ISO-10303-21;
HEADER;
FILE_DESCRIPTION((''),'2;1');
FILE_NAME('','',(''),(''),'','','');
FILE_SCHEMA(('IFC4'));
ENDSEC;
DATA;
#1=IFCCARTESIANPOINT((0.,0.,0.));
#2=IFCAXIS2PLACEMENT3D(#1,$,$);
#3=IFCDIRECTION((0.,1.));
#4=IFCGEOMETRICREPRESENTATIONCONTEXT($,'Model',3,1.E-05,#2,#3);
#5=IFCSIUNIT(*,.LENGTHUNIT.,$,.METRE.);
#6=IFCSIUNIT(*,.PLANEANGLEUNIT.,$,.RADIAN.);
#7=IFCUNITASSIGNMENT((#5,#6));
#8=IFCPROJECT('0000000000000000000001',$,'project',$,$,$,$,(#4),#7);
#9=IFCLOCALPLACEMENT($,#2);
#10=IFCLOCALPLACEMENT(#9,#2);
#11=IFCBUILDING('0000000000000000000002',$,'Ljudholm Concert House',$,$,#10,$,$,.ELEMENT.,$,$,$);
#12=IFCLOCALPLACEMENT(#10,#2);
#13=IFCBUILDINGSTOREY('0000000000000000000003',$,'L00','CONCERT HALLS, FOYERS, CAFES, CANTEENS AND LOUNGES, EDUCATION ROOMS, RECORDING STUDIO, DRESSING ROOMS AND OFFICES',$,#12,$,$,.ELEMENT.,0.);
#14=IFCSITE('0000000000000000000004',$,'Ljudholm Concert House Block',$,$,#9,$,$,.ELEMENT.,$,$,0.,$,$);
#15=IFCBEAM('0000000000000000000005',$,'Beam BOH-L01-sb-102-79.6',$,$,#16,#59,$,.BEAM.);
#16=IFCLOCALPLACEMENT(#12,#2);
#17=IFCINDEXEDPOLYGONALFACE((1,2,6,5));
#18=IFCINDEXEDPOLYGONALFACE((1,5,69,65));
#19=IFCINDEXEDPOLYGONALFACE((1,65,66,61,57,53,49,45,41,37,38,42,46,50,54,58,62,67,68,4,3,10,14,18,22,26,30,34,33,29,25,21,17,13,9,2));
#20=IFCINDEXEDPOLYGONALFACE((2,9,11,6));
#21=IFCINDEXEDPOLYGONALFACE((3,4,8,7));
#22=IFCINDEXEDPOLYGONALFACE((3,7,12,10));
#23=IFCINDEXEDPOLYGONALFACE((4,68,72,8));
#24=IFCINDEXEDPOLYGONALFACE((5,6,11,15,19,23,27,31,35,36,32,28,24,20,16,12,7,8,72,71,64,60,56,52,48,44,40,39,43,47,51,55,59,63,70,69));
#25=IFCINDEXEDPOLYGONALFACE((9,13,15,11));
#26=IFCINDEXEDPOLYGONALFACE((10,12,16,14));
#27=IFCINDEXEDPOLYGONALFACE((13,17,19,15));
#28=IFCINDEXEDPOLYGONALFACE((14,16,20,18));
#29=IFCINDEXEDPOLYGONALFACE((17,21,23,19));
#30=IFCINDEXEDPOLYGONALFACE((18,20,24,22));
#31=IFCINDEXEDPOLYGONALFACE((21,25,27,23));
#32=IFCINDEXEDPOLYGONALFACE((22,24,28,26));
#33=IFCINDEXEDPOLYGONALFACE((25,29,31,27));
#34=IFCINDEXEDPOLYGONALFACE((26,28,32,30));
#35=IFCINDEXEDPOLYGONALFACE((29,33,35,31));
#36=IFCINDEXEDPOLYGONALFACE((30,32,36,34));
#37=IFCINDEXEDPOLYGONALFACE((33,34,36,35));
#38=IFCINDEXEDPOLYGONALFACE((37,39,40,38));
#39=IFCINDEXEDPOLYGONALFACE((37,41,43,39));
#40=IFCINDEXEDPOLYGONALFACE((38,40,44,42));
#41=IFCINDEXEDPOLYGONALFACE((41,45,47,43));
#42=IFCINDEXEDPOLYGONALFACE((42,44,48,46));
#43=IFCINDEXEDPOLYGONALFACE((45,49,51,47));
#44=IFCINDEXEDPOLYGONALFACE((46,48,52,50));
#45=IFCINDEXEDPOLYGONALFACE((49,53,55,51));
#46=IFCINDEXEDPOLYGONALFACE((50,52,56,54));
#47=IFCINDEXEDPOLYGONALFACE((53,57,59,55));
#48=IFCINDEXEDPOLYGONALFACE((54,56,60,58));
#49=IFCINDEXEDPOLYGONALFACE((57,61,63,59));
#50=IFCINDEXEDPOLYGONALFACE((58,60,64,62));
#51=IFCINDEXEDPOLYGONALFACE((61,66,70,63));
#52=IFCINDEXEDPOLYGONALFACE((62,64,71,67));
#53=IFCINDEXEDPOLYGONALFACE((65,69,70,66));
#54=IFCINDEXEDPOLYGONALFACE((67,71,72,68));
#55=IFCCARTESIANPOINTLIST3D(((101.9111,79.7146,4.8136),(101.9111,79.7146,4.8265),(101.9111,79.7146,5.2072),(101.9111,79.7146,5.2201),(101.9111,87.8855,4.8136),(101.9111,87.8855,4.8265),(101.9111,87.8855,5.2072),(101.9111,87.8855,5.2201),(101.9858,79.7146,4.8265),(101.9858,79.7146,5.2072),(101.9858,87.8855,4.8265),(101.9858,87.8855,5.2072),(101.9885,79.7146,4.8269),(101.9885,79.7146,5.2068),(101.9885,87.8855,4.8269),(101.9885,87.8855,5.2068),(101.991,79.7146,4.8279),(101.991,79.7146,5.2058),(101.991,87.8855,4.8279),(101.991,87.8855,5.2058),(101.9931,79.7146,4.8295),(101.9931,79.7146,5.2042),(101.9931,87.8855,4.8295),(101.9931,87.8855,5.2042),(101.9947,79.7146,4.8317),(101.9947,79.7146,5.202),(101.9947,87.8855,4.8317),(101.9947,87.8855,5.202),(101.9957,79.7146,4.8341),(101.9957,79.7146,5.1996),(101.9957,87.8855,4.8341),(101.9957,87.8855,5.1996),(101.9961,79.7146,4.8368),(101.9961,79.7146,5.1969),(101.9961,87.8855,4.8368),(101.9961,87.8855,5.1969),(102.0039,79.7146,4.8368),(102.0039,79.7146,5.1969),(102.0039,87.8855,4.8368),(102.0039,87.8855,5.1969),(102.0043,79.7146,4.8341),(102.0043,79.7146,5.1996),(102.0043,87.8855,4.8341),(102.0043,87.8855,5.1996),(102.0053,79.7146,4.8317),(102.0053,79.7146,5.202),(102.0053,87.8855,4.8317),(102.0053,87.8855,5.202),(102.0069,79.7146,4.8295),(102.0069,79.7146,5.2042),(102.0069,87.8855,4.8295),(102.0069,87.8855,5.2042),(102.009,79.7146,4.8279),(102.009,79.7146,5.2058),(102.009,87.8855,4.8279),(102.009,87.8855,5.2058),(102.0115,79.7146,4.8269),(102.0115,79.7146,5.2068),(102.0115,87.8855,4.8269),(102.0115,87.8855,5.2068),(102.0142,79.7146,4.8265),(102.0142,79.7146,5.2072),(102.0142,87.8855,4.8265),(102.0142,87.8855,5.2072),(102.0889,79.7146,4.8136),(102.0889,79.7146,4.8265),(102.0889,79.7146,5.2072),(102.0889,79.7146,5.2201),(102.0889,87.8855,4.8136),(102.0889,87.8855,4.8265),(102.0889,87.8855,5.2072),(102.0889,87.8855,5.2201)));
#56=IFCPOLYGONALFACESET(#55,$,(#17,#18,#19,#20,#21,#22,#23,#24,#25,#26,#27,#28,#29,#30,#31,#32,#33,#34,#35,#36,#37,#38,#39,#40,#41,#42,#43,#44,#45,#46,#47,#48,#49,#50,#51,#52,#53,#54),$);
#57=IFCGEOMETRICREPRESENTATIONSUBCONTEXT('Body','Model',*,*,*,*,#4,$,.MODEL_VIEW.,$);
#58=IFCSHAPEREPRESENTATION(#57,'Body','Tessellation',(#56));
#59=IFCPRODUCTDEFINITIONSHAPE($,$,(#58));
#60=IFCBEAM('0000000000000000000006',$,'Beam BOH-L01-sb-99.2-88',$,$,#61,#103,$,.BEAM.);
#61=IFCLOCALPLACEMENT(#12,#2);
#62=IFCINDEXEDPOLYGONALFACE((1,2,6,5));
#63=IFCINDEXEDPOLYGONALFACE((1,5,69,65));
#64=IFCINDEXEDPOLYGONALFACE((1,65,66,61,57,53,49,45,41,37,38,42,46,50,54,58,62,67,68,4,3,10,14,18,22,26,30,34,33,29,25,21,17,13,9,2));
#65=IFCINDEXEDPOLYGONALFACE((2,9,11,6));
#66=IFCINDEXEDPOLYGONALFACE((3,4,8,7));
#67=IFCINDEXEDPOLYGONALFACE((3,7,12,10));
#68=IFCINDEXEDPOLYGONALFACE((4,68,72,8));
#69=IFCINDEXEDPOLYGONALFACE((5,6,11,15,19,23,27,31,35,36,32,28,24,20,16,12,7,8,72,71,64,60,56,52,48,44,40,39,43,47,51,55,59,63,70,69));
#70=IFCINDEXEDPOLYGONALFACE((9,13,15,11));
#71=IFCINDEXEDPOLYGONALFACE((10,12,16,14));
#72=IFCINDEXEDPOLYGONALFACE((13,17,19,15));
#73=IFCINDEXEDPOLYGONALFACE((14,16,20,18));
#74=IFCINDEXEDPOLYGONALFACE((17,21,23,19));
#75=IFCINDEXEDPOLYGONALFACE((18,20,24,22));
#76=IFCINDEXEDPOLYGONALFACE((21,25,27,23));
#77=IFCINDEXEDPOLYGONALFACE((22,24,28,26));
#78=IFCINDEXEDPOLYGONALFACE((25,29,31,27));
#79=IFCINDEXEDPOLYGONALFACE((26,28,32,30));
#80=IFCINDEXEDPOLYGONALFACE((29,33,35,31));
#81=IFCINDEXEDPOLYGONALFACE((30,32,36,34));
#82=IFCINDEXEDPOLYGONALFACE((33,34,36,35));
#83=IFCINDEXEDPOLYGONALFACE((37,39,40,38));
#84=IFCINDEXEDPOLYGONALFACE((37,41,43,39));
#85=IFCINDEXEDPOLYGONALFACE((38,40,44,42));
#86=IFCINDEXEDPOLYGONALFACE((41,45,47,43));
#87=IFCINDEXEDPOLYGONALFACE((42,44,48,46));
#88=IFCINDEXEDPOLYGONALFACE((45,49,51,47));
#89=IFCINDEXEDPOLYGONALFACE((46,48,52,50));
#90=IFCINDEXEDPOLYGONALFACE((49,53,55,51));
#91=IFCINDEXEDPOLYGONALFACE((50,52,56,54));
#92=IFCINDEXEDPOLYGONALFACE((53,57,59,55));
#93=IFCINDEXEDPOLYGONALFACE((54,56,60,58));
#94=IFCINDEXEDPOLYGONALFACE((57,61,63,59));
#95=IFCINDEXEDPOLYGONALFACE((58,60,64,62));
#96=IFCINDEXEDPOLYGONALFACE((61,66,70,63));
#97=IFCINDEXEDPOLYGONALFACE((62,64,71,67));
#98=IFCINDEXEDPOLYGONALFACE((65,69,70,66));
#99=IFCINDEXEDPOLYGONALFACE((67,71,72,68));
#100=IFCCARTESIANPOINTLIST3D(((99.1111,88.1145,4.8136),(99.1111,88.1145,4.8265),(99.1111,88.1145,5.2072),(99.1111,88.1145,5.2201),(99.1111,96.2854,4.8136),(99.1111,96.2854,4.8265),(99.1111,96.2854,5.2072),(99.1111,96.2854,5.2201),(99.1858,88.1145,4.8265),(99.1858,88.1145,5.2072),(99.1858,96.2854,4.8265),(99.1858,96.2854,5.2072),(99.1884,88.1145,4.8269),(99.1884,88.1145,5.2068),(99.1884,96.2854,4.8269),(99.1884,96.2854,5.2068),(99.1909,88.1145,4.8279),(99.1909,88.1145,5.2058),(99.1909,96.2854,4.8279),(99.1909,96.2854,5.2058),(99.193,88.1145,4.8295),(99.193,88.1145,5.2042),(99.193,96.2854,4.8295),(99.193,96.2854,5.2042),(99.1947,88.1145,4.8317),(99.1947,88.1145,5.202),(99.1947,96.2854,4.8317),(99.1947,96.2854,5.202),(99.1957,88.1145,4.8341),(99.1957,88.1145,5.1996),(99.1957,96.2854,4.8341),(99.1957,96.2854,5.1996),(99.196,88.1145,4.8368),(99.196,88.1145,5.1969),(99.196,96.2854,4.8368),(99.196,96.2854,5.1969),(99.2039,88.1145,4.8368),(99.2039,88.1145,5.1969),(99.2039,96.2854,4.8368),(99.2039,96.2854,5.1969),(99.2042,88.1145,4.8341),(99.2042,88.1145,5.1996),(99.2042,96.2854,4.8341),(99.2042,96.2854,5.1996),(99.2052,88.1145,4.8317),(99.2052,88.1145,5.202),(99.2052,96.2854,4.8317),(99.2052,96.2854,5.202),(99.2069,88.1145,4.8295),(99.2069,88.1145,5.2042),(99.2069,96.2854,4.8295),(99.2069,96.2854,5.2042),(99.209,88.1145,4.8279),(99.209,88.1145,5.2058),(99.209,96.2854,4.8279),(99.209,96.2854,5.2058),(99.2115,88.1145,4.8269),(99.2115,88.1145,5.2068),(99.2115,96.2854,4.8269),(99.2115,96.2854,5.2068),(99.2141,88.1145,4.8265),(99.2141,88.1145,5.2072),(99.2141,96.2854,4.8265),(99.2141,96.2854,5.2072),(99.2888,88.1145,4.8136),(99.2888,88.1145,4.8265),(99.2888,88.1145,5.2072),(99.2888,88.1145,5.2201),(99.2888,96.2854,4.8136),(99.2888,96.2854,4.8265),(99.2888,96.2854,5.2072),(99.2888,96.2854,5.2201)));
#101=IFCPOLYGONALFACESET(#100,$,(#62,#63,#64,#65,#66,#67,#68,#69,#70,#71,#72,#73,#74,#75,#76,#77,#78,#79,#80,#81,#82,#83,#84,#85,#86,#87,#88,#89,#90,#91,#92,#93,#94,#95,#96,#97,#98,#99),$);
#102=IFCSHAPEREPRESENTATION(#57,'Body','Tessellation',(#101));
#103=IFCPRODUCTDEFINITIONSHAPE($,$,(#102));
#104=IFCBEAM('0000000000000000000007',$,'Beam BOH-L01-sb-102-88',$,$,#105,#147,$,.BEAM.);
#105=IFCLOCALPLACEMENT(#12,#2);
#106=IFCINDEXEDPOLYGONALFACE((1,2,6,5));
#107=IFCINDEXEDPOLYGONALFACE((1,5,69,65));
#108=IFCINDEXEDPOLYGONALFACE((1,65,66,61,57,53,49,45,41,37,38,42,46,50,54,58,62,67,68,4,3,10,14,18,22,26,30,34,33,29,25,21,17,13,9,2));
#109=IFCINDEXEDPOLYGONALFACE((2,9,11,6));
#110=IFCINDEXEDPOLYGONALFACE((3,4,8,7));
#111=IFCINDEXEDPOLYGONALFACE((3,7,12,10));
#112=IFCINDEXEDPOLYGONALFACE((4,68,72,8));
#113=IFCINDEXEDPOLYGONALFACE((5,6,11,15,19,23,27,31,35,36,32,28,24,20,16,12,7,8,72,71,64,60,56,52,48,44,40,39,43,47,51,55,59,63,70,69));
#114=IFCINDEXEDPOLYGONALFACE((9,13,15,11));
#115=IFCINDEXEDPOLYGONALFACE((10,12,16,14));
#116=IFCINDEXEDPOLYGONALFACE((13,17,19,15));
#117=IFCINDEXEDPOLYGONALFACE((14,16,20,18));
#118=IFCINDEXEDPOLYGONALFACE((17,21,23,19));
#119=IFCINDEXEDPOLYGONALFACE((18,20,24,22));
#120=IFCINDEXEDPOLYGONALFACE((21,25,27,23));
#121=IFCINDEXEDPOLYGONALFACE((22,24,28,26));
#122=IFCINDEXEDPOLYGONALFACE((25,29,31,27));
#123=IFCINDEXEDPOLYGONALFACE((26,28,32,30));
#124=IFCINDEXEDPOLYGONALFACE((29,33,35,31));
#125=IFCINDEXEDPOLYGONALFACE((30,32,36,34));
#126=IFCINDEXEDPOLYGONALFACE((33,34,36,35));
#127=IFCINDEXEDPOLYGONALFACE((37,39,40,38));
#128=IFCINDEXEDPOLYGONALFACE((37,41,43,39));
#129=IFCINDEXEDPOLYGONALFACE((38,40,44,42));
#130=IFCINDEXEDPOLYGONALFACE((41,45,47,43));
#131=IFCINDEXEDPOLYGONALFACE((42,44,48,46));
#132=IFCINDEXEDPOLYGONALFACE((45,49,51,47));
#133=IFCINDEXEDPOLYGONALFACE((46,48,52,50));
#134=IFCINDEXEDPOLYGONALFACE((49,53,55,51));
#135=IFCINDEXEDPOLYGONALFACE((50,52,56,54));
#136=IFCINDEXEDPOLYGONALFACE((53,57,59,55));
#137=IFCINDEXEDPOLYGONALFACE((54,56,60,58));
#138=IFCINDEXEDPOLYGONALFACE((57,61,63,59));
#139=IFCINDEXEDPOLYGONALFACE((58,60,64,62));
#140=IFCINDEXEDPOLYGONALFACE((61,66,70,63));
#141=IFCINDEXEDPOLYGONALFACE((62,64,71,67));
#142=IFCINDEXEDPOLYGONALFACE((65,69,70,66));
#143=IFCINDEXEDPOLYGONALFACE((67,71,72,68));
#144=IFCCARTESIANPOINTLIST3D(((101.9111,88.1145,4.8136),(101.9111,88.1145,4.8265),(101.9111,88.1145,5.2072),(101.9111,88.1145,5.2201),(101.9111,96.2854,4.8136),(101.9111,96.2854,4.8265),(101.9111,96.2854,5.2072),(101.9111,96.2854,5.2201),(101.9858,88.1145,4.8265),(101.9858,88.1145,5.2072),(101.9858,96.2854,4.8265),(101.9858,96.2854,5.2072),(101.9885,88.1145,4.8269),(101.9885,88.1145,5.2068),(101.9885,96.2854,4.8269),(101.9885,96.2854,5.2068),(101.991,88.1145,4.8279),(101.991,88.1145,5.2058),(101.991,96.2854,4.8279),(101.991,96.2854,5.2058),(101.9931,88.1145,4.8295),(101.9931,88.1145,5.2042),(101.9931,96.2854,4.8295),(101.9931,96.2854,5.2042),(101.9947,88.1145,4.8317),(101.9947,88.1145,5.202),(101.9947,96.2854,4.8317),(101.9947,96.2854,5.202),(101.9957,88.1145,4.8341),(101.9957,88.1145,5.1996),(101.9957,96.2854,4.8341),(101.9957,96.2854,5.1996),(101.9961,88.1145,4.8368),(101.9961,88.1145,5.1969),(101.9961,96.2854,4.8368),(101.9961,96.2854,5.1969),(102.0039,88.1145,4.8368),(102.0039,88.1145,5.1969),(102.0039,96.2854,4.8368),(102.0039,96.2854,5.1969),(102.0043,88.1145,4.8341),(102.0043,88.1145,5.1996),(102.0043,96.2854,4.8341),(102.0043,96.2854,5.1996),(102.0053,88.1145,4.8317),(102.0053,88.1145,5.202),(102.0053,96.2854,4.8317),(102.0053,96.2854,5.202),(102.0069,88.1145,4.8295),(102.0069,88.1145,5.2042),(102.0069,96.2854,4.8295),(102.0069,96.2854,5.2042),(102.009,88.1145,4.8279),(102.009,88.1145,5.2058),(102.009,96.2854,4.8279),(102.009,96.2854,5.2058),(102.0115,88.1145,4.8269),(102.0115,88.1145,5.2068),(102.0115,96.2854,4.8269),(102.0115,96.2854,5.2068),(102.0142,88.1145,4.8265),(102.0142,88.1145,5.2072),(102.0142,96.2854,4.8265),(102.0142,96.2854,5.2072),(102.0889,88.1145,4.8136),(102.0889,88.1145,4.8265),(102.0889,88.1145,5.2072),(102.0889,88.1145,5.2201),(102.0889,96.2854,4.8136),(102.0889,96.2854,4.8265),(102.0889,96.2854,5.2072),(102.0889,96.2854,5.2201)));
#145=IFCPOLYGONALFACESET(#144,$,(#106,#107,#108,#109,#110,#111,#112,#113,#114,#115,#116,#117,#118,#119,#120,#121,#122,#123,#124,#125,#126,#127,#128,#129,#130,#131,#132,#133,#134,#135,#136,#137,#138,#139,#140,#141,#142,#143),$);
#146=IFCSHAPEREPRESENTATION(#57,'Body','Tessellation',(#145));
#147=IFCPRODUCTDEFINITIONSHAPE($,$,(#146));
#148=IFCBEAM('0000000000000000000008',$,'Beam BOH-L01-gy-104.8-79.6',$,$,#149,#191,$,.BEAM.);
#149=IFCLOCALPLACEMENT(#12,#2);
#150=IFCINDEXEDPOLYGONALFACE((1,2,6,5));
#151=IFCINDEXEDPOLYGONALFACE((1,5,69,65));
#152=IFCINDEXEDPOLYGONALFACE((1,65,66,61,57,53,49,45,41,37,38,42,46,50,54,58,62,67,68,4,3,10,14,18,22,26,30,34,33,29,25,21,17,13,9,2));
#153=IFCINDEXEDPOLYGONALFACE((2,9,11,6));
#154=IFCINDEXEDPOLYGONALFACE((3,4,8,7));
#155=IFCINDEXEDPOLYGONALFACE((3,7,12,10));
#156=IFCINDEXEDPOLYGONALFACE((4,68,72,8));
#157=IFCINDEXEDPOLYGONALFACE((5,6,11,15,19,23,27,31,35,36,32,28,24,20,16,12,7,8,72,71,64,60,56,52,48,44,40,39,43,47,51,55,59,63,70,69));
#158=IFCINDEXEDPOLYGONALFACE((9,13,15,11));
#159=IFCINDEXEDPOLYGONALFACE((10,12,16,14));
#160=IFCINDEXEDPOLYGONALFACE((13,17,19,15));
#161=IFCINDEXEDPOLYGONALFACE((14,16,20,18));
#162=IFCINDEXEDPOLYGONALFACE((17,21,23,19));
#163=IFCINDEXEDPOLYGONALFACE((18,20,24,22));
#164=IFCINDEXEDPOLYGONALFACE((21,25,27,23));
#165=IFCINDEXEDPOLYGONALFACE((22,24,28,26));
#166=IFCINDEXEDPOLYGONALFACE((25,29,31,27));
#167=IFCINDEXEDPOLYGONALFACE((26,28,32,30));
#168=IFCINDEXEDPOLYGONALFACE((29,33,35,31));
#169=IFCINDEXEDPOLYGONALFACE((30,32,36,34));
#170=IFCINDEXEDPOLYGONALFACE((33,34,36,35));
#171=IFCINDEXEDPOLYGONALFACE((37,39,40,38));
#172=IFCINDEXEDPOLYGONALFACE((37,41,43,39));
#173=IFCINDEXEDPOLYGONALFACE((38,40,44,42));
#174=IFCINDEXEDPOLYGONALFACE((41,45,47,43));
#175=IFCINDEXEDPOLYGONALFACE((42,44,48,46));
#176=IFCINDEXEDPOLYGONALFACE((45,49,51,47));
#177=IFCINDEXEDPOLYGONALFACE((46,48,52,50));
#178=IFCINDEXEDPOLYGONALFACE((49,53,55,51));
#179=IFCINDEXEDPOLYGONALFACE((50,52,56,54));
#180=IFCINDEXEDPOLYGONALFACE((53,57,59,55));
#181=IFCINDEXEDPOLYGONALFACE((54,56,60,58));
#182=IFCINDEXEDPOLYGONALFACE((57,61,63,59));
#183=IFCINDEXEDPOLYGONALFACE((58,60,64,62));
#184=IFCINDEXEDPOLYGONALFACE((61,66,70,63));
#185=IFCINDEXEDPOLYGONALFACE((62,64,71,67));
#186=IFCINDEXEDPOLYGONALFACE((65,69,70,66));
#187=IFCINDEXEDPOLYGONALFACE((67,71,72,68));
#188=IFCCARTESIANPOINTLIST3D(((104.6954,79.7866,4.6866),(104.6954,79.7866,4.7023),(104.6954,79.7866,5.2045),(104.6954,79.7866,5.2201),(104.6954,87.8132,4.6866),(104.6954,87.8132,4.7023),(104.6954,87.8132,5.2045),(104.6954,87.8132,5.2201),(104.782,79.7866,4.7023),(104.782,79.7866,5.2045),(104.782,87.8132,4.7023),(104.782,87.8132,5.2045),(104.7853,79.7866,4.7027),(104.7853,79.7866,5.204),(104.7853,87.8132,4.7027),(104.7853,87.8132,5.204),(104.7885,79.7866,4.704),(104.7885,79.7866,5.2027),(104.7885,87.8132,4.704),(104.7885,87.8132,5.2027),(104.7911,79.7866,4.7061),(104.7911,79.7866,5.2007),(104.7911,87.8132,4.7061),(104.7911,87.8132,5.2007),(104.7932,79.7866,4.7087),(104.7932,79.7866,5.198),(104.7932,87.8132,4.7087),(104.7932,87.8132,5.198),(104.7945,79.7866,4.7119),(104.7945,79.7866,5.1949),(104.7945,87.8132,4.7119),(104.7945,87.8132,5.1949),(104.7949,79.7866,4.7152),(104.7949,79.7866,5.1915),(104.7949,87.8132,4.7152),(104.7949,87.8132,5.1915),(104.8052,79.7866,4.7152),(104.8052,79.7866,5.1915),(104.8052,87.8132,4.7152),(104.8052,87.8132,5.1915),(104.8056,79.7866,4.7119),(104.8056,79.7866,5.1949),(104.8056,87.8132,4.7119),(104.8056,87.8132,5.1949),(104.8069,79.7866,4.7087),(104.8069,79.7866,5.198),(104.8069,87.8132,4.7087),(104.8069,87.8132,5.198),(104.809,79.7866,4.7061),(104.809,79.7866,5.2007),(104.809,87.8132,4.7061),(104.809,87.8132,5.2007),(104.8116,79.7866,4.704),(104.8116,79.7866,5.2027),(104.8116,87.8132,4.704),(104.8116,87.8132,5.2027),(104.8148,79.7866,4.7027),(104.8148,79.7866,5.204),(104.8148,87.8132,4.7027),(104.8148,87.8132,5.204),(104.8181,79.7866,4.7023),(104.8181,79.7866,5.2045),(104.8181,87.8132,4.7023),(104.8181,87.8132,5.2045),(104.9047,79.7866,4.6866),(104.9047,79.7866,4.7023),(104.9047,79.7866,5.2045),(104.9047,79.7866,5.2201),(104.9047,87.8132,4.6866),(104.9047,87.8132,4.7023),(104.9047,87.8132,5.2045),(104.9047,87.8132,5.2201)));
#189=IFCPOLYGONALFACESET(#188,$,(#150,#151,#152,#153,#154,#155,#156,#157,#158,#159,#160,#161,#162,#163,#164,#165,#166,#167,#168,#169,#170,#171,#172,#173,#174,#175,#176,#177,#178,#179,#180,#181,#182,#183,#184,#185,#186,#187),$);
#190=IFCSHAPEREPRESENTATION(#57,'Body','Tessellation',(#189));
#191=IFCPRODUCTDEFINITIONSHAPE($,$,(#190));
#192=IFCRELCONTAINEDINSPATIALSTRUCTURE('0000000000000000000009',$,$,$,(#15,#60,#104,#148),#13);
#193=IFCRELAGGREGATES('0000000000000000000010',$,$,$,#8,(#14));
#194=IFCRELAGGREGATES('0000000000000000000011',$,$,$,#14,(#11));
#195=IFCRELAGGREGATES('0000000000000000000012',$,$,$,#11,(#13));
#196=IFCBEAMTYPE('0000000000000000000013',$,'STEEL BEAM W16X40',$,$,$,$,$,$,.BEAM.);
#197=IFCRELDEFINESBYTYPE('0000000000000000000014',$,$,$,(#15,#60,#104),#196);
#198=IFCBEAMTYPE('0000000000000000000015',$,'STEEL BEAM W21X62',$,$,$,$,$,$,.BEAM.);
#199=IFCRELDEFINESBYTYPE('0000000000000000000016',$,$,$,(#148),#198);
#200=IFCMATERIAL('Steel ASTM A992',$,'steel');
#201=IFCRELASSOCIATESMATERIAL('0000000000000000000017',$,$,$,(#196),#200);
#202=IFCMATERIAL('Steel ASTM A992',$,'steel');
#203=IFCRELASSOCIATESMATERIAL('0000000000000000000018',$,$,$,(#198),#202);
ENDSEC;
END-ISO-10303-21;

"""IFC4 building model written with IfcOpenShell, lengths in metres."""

from ifc_helpers import new_model, si_unit, direction, frame, origin, origin_2d, place, context, subcontext, project, spatial, i_section, extrude, material, material_profile, profile_set, type_object, element, save


model = new_model("IFC4")

# Units and contexts
model_context = context("Model", 3, precision=1e-05, world=origin(), true_north=direction((0.0, 1.0)))
body_context = subcontext(model_context, "Body", "Model", "MODEL_VIEW")
ifc_project = project(units=[si_unit("LENGTHUNIT", "METRE"), si_unit("PLANEANGLEUNIT", "RADIAN")], contexts=[model_context])

# Site, building, storey
site_placement = place(None, origin())
site = spatial("IfcSite", under=ifc_project, at=site_placement, Name="Ljudholm Concert House Block", CompositionType="ELEMENT", RefElevation=0.0)
building_placement = place(site_placement, origin())
building = spatial("IfcBuilding", under=site, at=building_placement, Name="Ljudholm Concert House", CompositionType="ELEMENT")
storey_placement = place(building_placement, origin())
storey = spatial("IfcBuildingStorey", under=building, at=storey_placement, Name="L00", Description="CONCERT HALLS, FOYERS, CAFES, CANTEENS AND LOUNGES, EDUCATION ROOMS, RECORDING STUDIO, DRESSING ROOMS AND OFFICES", CompositionType="ELEMENT", Elevation=0.0)

# Beams
ifc_material_1 = material(Name="Steel ASTM A992", Category="steel")
ifc_material_profile_1 = material_profile(ifc_material_1, i_section(OverallWidth=0.1777, OverallDepth=0.4065, WebThickness=0.0078, FlangeThickness=0.0129, FilletRadius=0.0103, at=origin_2d()), Name="W16X40")
ifc_profile_set_1 = profile_set([ifc_material_profile_1], Name="Steel ASTM A992")
beam_type_1 = type_object("IfcBeamType", Name="STEEL BEAM W16X40", PredefinedType="BEAM", material=ifc_profile_set_1)
for number, where, z_axis, x_axis, name in (
    (1, (102.0, 79.7146, 5.0168), (0.0, 1.0, 0.0), (-1.0, 0.0, 0.0), "Beam BOH-L01-sb-102-79.6"),
    (2, (99.2, 88.1145, 5.0168), (0.0, 1.0, 0.0), (-1.0, 0.0, 0.0), "Beam BOH-L01-sb-99.2-88"),
    (3, (102.0, 88.1145, 5.0168), (0.0, 1.0, 0.0), (-1.0, 0.0, 0.0), "Beam BOH-L01-sb-102-88"),
):
    element("IfcBeam", number, at=place(storey_placement, frame(where, z_axis=z_axis, x_axis=x_axis)), inside=storey, type_object=beam_type_1, Name=name, PredefinedType="BEAM", context=body_context, shape_type="SweptSolid", body=[
        extrude(i_section(OverallWidth=0.1777, OverallDepth=0.4065, WebThickness=0.0078, FlangeThickness=0.0129, FilletRadius=0.0103, at=origin_2d()), origin(), (0.0, 0.0, 1.0), 8.1709),
    ])
ifc_material_2 = material(Name="Steel ASTM A992", Category="steel")
ifc_material_profile_2 = material_profile(ifc_material_2, i_section(OverallWidth=0.2092, OverallDepth=0.5334, WebThickness=0.0103, FlangeThickness=0.0156, FilletRadius=0.0129, at=origin_2d()), Name="W21X62")
ifc_profile_set_2 = profile_set([ifc_material_profile_2], Name="Steel ASTM A992")
beam_type_2 = type_object("IfcBeamType", Name="STEEL BEAM W21X62", PredefinedType="BEAM", material=ifc_profile_set_2)
beam_placement = place(storey_placement, frame((104.8, 79.7866, 4.9534), z_axis=(0.0, 1.0, 0.0), x_axis=(-1.0, 0.0, 0.0)))
element("IfcBeam", 4, at=beam_placement, inside=storey, type_object=beam_type_2, Name="Beam BOH-L01-gy-104.8-79.6", PredefinedType="BEAM", context=body_context, shape_type="SweptSolid", body=[
    extrude(i_section(OverallWidth=0.2092, OverallDepth=0.5334, WebThickness=0.0103, FlangeThickness=0.0156, FilletRadius=0.0129, at=origin_2d()), origin(), (0.0, 0.0, 1.0), 8.0266),
])

save(model, "model.ifc")
